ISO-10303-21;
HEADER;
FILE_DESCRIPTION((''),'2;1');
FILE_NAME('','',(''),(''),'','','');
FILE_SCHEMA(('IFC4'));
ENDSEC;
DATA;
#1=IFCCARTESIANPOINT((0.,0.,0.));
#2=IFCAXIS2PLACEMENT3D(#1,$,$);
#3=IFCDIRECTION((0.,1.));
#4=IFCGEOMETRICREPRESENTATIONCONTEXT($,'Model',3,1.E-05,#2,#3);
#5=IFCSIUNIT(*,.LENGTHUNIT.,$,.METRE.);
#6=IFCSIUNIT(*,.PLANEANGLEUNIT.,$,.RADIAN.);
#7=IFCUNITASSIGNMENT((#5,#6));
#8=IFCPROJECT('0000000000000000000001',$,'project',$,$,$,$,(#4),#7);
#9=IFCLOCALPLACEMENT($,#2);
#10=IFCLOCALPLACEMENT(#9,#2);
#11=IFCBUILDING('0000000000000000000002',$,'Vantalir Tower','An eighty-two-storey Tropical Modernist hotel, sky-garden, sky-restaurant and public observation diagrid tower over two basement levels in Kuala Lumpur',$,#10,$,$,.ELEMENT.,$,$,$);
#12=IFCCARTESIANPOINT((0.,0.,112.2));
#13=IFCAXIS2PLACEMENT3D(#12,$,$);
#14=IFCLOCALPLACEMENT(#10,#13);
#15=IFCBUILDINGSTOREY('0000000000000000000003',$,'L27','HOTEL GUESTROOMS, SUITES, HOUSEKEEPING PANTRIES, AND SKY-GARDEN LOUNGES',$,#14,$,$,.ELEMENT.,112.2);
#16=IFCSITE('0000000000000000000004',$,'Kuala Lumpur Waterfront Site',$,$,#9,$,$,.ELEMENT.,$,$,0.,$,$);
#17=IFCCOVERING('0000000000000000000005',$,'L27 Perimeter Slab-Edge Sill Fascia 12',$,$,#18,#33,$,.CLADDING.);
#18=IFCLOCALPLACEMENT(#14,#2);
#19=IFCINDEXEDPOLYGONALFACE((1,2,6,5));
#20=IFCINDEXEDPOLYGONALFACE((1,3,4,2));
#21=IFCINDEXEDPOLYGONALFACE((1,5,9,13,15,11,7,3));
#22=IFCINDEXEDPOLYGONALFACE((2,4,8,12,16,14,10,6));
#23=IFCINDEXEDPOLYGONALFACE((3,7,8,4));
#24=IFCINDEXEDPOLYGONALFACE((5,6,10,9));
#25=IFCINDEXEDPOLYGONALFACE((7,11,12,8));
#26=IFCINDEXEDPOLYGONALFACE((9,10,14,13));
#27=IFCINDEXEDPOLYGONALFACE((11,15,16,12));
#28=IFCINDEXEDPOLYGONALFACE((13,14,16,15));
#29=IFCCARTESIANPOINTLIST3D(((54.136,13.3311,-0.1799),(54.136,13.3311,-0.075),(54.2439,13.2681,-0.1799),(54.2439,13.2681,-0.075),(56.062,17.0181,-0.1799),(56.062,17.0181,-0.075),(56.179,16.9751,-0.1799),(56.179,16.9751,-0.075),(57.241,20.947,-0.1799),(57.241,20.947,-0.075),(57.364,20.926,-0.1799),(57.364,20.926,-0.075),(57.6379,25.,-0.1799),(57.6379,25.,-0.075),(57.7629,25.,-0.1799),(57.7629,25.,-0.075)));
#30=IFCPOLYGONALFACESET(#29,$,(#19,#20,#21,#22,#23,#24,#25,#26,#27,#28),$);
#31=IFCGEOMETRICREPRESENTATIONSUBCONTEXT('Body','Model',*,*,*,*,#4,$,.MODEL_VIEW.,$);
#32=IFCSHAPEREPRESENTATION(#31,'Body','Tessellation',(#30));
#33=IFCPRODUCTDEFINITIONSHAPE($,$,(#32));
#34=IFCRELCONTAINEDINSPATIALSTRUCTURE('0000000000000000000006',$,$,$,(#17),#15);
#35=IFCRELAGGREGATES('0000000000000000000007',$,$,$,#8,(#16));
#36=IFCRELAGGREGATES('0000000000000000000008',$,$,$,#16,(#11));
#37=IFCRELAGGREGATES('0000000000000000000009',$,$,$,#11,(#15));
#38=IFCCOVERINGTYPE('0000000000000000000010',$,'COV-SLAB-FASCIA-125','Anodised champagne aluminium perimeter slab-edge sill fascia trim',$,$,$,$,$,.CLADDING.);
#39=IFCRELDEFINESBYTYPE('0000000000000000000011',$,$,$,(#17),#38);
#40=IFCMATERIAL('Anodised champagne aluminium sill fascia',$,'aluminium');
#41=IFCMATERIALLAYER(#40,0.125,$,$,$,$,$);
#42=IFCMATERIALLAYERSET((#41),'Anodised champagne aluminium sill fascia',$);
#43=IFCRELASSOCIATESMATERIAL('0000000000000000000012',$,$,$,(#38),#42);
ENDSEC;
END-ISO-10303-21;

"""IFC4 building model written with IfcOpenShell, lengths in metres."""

from ifc_helpers import new_model, si_unit, direction, frame, origin, place, context, subcontext, project, spatial, polyline, outline, extrude, material, layer, layer_set, type_object, element, save


model = new_model("IFC4")

# Units and contexts
model_context = context("Model", 3, precision=1e-05, world=origin(), true_north=direction((0.0, 1.0)))
body_context = subcontext(model_context, "Body", "Model", "MODEL_VIEW")
ifc_project = project(units=[si_unit("LENGTHUNIT", "METRE"), si_unit("PLANEANGLEUNIT", "RADIAN")], contexts=[model_context])

# Site, building, storey
site_placement = place(None, origin())
site = spatial("IfcSite", under=ifc_project, at=site_placement, Name="Kuala Lumpur Waterfront Site", CompositionType="ELEMENT", RefElevation=0.0)
building_placement = place(site_placement, origin())
building = spatial("IfcBuilding", under=site, at=building_placement, Name="Vantalir Tower", Description="An eighty-two-storey Tropical Modernist hotel, sky-garden, sky-restaurant and public observation diagrid tower over two basement levels in Kuala Lumpur", CompositionType="ELEMENT")
storey_placement = place(building_placement, frame((0.0, 0.0, 112.2)))
storey = spatial("IfcBuildingStorey", under=building, at=storey_placement, Name="L27", Description="HOTEL GUESTROOMS, SUITES, HOUSEKEEPING PANTRIES, AND SKY-GARDEN LOUNGES", CompositionType="ELEMENT", Elevation=112.2)

# Covering
ifc_material_1 = material(Name="Anodised champagne aluminium sill fascia", Category="aluminium")
ifc_layer_1 = layer(ifc_material_1, 0.125)
ifc_layer_set_1 = layer_set([ifc_layer_1], Name="Anodised champagne aluminium sill fascia")
covering_type = type_object("IfcCoveringType", Name="COV-SLAB-FASCIA-125", Description="Anodised champagne aluminium perimeter slab-edge sill fascia trim", PredefinedType="CLADDING", material=ifc_layer_set_1)
covering_1_placement = place(storey_placement, frame((0.0, 0.0, -0.1799)))
element("IfcCovering", 1, at=covering_1_placement, inside=storey, type_object=covering_type, Name="L27 Perimeter Slab-Edge Sill Fascia 12", PredefinedType="CLADDING", context=body_context, shape_type="SweptSolid", body=[
    extrude(outline(polyline([(54.2439, 13.2681), (56.179, 16.9751), (57.364, 20.926), (57.7629, 25.0), (57.6379, 25.0), (57.241, 20.947), (56.062, 17.0181), (54.136, 13.3311), (54.2439, 13.2681)])), origin(), (0.0, 0.0, 1.0), 0.105),
])

save(model, "model.ifc")
